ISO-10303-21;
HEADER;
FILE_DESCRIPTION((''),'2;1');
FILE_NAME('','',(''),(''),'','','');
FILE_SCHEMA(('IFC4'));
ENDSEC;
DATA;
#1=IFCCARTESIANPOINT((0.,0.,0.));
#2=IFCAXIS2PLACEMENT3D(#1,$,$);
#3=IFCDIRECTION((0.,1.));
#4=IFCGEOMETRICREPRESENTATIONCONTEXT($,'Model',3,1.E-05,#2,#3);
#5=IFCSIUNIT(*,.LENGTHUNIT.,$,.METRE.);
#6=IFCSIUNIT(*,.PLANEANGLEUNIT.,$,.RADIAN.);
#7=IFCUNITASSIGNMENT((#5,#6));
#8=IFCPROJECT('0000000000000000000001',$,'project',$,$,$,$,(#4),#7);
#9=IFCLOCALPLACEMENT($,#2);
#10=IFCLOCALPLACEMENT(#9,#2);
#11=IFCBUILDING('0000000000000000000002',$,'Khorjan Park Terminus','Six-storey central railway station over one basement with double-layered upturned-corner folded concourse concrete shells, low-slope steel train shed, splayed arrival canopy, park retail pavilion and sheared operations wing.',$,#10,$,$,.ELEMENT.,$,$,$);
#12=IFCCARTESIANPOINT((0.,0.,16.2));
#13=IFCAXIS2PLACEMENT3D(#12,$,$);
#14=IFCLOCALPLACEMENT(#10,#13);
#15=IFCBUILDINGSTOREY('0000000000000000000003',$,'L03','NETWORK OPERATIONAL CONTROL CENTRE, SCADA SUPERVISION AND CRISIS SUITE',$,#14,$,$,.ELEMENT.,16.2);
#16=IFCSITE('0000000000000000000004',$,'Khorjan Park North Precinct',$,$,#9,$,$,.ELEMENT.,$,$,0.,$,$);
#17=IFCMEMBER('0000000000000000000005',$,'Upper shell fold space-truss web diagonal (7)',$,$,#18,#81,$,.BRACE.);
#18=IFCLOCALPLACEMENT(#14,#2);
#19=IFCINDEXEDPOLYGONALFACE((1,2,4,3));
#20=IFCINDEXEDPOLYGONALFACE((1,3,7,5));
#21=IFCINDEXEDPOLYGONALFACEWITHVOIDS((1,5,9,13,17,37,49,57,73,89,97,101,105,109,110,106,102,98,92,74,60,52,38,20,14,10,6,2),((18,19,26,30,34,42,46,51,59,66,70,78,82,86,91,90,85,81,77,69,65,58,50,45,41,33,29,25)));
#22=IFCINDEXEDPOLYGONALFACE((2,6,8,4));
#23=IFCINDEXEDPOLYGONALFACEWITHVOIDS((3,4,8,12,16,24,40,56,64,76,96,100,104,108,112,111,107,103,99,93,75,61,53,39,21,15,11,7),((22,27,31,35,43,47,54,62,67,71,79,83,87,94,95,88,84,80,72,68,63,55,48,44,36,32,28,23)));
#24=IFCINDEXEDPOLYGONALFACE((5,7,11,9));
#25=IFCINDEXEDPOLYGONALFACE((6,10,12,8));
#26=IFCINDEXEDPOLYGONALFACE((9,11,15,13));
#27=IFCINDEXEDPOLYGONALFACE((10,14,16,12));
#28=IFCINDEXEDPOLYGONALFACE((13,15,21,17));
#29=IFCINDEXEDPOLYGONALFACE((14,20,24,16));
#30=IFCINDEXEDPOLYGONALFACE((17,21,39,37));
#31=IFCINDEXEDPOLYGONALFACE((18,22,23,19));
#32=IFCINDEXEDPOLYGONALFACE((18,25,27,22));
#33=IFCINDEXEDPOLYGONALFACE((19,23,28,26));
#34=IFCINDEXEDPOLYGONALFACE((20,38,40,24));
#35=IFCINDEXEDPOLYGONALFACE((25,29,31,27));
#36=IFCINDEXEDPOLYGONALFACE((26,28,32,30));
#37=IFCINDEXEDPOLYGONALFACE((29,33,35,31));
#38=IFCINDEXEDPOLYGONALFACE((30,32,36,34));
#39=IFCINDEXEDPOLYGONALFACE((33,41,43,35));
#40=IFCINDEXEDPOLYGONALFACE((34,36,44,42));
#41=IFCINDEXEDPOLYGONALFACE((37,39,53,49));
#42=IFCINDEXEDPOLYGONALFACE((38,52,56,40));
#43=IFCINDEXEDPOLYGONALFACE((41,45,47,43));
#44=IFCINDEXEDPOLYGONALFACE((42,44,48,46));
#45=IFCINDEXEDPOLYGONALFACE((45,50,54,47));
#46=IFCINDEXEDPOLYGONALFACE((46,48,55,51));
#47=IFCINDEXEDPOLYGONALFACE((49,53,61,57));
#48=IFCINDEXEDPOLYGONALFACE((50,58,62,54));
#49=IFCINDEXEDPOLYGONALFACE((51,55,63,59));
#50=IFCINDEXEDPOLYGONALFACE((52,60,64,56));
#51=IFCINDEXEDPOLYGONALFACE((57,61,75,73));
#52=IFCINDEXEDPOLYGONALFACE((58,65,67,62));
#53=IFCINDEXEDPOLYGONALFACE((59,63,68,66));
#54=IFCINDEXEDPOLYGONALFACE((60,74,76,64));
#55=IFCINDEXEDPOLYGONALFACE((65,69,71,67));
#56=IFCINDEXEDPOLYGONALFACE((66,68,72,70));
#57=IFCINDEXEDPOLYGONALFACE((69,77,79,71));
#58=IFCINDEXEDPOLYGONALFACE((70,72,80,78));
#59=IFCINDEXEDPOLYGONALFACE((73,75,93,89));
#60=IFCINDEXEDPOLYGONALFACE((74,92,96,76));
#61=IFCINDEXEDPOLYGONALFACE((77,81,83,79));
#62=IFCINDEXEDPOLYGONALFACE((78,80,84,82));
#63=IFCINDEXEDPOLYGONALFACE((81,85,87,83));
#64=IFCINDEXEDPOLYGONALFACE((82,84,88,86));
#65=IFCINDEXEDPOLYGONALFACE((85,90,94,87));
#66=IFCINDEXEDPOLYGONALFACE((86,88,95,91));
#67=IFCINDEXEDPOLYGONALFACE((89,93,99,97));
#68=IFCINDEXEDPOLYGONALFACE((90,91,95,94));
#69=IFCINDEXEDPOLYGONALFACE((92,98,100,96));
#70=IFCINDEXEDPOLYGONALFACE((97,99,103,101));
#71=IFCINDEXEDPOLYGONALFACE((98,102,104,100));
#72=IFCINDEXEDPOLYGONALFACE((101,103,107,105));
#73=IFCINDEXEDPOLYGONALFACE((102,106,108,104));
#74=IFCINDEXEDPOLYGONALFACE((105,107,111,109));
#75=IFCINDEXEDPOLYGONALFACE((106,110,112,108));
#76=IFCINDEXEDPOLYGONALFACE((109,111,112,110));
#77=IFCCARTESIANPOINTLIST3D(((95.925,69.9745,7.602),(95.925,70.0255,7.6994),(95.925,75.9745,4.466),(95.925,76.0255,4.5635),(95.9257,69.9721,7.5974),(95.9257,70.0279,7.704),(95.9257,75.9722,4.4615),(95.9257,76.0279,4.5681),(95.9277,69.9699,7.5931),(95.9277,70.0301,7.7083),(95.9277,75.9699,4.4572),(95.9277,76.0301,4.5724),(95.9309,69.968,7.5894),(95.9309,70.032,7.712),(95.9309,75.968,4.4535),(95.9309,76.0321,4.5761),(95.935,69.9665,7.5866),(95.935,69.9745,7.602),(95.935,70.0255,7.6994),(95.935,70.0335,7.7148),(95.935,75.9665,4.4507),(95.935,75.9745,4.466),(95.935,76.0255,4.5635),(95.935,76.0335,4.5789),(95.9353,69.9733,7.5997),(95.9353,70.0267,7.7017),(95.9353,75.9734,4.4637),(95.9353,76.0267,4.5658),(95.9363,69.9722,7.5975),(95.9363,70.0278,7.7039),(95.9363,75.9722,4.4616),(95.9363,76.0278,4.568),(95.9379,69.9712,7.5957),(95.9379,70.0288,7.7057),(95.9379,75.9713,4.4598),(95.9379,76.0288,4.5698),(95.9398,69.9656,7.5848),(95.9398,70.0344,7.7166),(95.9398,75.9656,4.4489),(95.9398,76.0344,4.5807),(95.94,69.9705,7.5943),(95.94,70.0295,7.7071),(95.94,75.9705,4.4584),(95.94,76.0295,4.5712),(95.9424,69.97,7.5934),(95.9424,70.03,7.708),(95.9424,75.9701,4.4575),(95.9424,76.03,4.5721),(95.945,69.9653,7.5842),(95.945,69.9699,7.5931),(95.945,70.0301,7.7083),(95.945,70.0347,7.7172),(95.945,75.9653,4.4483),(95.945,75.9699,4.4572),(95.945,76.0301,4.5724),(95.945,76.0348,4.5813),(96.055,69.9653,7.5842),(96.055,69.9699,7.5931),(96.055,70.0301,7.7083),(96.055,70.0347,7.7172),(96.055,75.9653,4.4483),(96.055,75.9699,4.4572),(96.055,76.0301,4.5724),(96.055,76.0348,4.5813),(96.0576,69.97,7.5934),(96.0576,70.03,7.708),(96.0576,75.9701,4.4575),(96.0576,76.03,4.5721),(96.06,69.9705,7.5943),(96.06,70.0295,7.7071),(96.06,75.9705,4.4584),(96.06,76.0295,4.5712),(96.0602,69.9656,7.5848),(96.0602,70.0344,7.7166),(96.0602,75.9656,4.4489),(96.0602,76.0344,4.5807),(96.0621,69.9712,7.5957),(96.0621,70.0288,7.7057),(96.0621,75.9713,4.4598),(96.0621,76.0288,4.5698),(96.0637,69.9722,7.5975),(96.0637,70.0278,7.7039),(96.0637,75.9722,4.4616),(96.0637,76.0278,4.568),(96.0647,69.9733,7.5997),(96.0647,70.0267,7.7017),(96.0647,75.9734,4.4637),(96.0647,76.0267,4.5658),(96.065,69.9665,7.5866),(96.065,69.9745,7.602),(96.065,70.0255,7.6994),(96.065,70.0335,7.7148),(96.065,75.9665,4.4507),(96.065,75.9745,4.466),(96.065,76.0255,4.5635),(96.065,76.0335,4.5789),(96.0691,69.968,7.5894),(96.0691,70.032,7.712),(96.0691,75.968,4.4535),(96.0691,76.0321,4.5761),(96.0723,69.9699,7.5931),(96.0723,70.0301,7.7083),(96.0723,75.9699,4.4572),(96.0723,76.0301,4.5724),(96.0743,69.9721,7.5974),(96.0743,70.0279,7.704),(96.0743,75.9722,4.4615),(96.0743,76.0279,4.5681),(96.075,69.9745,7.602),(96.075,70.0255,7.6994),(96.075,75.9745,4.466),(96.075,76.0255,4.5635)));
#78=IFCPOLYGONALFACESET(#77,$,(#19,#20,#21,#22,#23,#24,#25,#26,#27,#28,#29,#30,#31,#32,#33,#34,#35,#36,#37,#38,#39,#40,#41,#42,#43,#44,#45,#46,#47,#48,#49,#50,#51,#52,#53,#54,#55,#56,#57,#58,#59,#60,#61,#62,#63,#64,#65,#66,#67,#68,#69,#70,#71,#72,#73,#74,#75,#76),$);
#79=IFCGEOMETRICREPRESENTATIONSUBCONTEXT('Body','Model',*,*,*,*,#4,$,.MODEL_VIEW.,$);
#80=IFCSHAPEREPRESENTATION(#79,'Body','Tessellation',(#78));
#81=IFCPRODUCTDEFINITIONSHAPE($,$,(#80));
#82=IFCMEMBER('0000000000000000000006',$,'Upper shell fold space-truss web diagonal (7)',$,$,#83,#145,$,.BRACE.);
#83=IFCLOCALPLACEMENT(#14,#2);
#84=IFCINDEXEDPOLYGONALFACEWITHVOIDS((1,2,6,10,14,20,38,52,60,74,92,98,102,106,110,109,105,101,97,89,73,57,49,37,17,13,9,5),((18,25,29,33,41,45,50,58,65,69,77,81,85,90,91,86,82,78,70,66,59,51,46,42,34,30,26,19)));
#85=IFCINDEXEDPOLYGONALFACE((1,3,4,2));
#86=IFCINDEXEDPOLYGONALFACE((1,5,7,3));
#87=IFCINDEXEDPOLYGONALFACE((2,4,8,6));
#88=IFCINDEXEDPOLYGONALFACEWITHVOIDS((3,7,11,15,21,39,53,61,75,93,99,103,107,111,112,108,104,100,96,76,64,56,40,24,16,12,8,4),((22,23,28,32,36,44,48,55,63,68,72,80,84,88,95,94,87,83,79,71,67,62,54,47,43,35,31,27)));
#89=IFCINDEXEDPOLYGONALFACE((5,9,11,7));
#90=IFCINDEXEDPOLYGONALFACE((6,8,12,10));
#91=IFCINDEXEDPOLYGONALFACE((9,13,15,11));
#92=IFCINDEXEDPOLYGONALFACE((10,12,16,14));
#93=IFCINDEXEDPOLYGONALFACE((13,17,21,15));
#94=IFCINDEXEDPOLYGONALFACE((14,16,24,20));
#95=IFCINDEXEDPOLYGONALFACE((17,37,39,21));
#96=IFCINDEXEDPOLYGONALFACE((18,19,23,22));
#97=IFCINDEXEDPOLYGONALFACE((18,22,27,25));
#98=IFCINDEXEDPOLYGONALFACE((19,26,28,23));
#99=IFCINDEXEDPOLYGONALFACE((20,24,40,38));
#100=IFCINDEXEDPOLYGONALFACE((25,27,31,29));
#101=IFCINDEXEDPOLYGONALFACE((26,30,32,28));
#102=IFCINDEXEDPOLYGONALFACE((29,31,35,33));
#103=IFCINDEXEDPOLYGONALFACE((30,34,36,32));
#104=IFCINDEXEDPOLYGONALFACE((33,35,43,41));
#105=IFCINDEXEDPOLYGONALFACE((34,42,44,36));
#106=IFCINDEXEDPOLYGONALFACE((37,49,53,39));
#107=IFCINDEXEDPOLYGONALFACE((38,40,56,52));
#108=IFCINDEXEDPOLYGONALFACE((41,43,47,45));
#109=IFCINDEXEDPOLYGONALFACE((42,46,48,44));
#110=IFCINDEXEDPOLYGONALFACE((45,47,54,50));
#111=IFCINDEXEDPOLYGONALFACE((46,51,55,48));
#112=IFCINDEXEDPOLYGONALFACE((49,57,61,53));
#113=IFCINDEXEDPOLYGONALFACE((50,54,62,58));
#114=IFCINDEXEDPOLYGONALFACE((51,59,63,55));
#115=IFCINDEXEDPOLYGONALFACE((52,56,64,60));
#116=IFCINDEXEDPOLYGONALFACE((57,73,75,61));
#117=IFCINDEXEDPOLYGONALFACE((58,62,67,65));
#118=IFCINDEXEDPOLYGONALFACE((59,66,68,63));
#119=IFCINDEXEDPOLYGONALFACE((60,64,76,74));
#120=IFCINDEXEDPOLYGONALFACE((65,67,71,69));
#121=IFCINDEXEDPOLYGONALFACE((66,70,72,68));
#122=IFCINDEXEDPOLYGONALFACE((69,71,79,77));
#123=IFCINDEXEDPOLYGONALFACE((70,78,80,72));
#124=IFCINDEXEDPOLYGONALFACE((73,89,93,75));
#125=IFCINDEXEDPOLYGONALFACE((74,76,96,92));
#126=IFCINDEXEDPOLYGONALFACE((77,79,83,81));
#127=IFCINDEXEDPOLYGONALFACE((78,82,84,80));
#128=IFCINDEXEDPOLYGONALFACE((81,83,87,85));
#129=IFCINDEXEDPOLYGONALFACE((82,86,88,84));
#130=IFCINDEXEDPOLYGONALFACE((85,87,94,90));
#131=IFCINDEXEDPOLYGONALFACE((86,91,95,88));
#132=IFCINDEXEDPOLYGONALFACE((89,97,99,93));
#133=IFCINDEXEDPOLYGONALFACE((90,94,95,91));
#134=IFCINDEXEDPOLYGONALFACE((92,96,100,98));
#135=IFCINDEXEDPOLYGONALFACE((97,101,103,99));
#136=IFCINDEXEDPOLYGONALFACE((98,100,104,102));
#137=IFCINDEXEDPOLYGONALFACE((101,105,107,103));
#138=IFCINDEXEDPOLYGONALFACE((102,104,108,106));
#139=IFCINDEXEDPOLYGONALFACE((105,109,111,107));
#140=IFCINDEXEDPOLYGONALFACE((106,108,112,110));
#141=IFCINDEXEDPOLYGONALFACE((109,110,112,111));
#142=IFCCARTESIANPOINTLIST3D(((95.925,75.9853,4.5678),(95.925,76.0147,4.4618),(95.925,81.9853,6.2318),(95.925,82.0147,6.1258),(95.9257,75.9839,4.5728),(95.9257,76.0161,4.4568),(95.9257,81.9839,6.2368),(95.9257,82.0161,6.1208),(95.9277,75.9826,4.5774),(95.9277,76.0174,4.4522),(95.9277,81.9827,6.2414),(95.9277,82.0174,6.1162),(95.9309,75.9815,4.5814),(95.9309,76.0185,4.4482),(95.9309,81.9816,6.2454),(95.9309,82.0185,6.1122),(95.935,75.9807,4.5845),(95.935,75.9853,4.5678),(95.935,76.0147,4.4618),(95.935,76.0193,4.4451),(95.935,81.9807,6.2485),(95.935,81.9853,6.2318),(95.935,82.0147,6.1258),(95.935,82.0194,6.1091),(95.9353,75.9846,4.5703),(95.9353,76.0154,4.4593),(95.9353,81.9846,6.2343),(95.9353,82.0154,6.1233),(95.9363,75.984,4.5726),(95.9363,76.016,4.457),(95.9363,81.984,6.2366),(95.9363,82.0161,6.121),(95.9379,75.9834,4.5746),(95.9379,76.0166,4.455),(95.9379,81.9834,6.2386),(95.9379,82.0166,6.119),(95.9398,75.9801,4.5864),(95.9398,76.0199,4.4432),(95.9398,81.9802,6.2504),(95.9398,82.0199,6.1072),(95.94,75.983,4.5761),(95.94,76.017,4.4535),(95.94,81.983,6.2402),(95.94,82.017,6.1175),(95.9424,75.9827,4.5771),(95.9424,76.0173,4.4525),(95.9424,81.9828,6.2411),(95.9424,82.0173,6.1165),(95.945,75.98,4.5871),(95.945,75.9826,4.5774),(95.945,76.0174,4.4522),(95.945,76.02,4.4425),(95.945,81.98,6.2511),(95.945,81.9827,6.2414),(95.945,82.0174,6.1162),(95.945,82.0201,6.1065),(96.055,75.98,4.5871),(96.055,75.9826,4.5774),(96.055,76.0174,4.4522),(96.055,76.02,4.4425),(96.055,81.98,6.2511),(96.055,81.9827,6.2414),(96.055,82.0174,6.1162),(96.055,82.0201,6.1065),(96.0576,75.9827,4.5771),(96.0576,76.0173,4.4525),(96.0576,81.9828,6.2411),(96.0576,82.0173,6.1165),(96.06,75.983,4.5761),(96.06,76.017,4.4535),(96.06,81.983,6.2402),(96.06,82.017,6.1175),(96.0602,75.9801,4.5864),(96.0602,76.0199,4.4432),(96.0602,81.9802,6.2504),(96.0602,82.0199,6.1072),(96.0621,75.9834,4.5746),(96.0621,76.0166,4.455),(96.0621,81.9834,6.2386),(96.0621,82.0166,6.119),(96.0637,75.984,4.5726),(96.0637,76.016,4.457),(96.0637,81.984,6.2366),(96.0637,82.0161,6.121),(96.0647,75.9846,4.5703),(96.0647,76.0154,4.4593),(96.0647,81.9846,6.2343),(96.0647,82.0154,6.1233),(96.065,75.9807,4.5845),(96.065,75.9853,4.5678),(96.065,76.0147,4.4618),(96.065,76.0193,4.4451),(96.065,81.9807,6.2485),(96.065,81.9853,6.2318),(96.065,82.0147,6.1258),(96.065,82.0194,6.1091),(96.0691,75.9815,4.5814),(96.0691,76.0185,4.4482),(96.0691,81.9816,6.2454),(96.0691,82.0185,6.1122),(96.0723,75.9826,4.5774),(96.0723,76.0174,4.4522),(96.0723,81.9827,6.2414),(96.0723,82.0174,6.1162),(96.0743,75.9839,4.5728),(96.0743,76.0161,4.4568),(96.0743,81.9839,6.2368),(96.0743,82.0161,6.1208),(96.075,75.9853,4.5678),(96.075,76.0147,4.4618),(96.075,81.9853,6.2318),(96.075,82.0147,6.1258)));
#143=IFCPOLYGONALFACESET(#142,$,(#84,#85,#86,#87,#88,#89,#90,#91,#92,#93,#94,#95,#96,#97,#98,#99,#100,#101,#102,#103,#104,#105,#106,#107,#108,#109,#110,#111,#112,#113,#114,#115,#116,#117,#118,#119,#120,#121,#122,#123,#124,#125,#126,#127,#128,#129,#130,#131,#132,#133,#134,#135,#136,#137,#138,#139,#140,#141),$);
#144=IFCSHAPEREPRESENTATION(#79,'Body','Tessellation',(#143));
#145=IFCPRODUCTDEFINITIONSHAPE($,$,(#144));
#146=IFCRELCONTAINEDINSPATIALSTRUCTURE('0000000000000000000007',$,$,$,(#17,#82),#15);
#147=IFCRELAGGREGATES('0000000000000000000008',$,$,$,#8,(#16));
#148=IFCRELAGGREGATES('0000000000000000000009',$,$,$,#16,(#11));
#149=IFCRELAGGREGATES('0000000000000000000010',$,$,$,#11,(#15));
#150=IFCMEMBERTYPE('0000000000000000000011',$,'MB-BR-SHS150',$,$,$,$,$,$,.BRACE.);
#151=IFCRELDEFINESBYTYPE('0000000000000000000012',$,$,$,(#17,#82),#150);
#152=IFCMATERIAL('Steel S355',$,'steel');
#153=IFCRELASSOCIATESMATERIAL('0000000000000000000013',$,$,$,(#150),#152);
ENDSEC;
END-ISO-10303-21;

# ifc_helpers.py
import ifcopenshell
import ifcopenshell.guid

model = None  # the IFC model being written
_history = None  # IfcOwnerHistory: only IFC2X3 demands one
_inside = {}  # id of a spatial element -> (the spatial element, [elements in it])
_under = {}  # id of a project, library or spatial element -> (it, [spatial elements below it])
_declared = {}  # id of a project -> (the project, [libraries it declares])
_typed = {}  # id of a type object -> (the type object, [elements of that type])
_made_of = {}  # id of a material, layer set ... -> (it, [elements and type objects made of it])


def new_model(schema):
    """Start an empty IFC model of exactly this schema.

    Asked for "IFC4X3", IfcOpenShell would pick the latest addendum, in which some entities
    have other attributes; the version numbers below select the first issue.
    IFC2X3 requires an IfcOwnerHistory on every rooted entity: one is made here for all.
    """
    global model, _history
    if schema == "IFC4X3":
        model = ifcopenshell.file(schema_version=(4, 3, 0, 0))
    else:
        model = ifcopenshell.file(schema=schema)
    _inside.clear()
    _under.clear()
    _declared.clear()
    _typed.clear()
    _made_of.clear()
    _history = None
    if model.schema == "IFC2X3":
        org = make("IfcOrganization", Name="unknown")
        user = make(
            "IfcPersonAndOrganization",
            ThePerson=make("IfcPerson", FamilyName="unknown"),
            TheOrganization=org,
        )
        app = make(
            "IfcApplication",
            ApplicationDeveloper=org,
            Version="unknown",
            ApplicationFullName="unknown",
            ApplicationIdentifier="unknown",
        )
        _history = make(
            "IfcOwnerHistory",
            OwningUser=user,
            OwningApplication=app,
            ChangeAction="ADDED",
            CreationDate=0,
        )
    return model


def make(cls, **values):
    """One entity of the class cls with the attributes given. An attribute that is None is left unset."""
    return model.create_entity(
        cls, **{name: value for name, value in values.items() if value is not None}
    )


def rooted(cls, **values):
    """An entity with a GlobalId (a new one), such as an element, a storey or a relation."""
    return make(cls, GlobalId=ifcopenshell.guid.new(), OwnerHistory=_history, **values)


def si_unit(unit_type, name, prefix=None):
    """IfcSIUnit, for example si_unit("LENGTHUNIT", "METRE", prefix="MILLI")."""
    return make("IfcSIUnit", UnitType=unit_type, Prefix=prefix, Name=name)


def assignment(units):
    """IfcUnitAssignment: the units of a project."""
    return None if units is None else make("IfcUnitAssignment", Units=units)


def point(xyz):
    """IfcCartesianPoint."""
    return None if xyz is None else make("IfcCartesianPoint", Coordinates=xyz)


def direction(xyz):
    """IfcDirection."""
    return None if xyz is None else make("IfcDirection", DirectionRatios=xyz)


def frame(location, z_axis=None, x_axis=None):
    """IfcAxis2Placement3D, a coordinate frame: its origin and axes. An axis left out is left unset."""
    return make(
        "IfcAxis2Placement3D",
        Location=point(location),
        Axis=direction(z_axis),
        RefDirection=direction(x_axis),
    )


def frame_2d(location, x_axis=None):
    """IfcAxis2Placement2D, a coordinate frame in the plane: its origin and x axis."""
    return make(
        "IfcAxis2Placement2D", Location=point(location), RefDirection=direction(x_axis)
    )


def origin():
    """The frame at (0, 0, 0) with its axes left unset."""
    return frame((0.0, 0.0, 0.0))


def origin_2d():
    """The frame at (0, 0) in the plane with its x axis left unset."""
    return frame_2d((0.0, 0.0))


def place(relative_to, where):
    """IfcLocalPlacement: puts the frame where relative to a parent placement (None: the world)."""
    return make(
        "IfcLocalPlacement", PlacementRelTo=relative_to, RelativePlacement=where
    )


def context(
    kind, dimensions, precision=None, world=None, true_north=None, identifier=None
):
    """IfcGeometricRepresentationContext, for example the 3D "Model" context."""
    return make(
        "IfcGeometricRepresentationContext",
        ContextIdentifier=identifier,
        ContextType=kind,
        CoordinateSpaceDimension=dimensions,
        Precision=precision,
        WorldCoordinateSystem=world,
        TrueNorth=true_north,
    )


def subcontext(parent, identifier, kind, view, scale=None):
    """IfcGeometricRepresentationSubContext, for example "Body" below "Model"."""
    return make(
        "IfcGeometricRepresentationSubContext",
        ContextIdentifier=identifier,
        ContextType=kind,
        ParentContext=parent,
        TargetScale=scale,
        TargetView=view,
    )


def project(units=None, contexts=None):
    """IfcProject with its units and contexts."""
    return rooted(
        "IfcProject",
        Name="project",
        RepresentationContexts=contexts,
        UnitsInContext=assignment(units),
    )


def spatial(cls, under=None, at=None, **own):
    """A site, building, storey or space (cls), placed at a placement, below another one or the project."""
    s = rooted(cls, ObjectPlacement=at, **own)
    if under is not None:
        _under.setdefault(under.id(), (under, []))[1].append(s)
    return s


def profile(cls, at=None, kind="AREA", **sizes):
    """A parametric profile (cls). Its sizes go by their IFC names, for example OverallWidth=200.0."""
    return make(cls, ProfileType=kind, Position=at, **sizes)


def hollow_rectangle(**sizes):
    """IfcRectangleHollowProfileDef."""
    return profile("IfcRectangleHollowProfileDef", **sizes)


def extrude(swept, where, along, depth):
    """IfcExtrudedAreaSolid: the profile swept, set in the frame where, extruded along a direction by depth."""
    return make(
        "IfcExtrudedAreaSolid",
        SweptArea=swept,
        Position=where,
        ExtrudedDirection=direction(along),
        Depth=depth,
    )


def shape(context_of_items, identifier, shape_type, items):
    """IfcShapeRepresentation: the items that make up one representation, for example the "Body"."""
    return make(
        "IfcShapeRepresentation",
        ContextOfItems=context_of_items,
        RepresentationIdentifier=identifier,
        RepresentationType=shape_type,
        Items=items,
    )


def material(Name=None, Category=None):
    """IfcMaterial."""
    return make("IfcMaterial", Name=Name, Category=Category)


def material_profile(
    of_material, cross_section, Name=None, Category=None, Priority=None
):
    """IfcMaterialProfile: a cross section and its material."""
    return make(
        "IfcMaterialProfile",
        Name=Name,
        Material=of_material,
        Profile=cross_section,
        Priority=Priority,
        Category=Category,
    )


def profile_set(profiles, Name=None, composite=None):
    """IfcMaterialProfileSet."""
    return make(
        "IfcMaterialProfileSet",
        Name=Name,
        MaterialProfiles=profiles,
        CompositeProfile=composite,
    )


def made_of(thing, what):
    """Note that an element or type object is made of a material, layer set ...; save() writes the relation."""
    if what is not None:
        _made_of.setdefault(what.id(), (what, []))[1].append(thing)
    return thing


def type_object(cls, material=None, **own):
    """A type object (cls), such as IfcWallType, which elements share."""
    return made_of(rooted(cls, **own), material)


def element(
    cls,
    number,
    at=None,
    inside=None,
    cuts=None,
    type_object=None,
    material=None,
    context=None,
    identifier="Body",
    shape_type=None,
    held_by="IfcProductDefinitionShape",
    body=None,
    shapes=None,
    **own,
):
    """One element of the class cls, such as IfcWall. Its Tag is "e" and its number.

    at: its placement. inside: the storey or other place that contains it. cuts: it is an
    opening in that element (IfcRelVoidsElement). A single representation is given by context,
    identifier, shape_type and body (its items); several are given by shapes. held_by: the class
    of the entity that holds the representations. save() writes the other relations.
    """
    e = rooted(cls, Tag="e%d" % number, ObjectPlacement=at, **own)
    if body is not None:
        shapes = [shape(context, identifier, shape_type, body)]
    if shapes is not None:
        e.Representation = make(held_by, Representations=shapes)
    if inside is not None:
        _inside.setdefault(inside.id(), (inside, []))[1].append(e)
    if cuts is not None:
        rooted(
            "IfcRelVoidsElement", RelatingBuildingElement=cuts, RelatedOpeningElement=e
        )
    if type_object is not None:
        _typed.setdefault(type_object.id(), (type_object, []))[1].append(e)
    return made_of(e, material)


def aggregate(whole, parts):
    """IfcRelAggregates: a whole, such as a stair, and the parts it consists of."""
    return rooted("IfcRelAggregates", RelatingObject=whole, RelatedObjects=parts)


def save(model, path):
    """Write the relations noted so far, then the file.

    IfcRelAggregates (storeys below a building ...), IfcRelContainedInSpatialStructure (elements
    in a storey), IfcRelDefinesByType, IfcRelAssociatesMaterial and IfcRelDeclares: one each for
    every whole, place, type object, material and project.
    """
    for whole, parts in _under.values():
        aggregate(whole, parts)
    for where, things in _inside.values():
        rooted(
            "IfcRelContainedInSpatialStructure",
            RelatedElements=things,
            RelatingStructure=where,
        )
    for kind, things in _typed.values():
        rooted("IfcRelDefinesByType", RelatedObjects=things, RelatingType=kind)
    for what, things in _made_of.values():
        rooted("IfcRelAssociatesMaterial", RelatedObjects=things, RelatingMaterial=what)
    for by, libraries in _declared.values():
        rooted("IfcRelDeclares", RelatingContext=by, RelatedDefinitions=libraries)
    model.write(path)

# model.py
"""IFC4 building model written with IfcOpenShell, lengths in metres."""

from ifc_helpers import new_model, si_unit, direction, frame, origin, origin_2d, place, context, subcontext, project, spatial, hollow_rectangle, extrude, material, material_profile, profile_set, type_object, element, save


model = new_model("IFC4")

# Units and contexts
model_context = context("Model", 3, precision=1e-05, world=origin(), true_north=direction((0.0, 1.0)))
body_context = subcontext(model_context, "Body", "Model", "MODEL_VIEW")
ifc_project = project(units=[si_unit("LENGTHUNIT", "METRE"), si_unit("PLANEANGLEUNIT", "RADIAN")], contexts=[model_context])

# Site, building, storey
site_placement = place(None, origin())
site = spatial("IfcSite", under=ifc_project, at=site_placement, Name="Khorjan Park North Precinct", CompositionType="ELEMENT", RefElevation=0.0)
building_placement = place(site_placement, origin())
building = spatial("IfcBuilding", under=site, at=building_placement, Name="Khorjan Park Terminus", Description="Six-storey central railway station over one basement with double-layered upturned-corner folded concourse concrete shells, low-slope steel train shed, splayed arrival canopy, park retail pavilion and sheared operations wing.", CompositionType="ELEMENT")
storey_placement = place(building_placement, frame((0.0, 0.0, 16.2)))
storey = spatial("IfcBuildingStorey", under=building, at=storey_placement, Name="L03", Description="NETWORK OPERATIONAL CONTROL CENTRE, SCADA SUPERVISION AND CRISIS SUITE", CompositionType="ELEMENT", Elevation=16.2)

# Members
ifc_material = material(Name="Steel S355", Category="steel")
ifc_material_profile_1 = material_profile(ifc_material, hollow_rectangle(XDim=0.15, YDim=0.15, WallThickness=0.01, InnerFilletRadius=0.01, OuterFilletRadius=0.02, at=origin_2d()), Name="SHS 150x150x10")
ifc_profile_set_1 = profile_set([ifc_material_profile_1], Name="Steel S355")
member_type_1 = type_object("IfcMemberType", Name="MB-BR-SHS150", PredefinedType="BRACE", material=ifc_profile_set_1)
member_1_placement = place(storey_placement, frame((96.0, 70.0, 7.6507), z_axis=(0.0, 0.886254, -0.4632), x_axis=(-1.0, 0.0, 0.0)))
element("IfcMember", 1, at=member_1_placement, inside=storey, type_object=member_type_1, Name="Upper shell fold space-truss web diagonal (7)", PredefinedType="BRACE", context=body_context, shape_type="SweptSolid", body=[
    extrude(hollow_rectangle(XDim=0.15, YDim=0.15, WallThickness=0.01, InnerFilletRadius=0.01, OuterFilletRadius=0.02, at=origin_2d()), origin(), (0.0, 0.0, 1.0), 6.7701),
])
member_2_placement = place(storey_placement, frame((96.0, 76.0, 4.5148), z_axis=(0.0, 0.963628, 0.267246), x_axis=(-1.0, 0.0, 0.0)))
element("IfcMember", 2, at=member_2_placement, inside=storey, type_object=member_type_1, Name="Upper shell fold space-truss web diagonal (7)", PredefinedType="BRACE", context=body_context, shape_type="SweptSolid", body=[
    extrude(hollow_rectangle(XDim=0.15, YDim=0.15, WallThickness=0.01, InnerFilletRadius=0.01, OuterFilletRadius=0.02, at=origin_2d()), origin(), (0.0, 0.0, 1.0), 6.2265),
])

save(model, "model.ifc")
